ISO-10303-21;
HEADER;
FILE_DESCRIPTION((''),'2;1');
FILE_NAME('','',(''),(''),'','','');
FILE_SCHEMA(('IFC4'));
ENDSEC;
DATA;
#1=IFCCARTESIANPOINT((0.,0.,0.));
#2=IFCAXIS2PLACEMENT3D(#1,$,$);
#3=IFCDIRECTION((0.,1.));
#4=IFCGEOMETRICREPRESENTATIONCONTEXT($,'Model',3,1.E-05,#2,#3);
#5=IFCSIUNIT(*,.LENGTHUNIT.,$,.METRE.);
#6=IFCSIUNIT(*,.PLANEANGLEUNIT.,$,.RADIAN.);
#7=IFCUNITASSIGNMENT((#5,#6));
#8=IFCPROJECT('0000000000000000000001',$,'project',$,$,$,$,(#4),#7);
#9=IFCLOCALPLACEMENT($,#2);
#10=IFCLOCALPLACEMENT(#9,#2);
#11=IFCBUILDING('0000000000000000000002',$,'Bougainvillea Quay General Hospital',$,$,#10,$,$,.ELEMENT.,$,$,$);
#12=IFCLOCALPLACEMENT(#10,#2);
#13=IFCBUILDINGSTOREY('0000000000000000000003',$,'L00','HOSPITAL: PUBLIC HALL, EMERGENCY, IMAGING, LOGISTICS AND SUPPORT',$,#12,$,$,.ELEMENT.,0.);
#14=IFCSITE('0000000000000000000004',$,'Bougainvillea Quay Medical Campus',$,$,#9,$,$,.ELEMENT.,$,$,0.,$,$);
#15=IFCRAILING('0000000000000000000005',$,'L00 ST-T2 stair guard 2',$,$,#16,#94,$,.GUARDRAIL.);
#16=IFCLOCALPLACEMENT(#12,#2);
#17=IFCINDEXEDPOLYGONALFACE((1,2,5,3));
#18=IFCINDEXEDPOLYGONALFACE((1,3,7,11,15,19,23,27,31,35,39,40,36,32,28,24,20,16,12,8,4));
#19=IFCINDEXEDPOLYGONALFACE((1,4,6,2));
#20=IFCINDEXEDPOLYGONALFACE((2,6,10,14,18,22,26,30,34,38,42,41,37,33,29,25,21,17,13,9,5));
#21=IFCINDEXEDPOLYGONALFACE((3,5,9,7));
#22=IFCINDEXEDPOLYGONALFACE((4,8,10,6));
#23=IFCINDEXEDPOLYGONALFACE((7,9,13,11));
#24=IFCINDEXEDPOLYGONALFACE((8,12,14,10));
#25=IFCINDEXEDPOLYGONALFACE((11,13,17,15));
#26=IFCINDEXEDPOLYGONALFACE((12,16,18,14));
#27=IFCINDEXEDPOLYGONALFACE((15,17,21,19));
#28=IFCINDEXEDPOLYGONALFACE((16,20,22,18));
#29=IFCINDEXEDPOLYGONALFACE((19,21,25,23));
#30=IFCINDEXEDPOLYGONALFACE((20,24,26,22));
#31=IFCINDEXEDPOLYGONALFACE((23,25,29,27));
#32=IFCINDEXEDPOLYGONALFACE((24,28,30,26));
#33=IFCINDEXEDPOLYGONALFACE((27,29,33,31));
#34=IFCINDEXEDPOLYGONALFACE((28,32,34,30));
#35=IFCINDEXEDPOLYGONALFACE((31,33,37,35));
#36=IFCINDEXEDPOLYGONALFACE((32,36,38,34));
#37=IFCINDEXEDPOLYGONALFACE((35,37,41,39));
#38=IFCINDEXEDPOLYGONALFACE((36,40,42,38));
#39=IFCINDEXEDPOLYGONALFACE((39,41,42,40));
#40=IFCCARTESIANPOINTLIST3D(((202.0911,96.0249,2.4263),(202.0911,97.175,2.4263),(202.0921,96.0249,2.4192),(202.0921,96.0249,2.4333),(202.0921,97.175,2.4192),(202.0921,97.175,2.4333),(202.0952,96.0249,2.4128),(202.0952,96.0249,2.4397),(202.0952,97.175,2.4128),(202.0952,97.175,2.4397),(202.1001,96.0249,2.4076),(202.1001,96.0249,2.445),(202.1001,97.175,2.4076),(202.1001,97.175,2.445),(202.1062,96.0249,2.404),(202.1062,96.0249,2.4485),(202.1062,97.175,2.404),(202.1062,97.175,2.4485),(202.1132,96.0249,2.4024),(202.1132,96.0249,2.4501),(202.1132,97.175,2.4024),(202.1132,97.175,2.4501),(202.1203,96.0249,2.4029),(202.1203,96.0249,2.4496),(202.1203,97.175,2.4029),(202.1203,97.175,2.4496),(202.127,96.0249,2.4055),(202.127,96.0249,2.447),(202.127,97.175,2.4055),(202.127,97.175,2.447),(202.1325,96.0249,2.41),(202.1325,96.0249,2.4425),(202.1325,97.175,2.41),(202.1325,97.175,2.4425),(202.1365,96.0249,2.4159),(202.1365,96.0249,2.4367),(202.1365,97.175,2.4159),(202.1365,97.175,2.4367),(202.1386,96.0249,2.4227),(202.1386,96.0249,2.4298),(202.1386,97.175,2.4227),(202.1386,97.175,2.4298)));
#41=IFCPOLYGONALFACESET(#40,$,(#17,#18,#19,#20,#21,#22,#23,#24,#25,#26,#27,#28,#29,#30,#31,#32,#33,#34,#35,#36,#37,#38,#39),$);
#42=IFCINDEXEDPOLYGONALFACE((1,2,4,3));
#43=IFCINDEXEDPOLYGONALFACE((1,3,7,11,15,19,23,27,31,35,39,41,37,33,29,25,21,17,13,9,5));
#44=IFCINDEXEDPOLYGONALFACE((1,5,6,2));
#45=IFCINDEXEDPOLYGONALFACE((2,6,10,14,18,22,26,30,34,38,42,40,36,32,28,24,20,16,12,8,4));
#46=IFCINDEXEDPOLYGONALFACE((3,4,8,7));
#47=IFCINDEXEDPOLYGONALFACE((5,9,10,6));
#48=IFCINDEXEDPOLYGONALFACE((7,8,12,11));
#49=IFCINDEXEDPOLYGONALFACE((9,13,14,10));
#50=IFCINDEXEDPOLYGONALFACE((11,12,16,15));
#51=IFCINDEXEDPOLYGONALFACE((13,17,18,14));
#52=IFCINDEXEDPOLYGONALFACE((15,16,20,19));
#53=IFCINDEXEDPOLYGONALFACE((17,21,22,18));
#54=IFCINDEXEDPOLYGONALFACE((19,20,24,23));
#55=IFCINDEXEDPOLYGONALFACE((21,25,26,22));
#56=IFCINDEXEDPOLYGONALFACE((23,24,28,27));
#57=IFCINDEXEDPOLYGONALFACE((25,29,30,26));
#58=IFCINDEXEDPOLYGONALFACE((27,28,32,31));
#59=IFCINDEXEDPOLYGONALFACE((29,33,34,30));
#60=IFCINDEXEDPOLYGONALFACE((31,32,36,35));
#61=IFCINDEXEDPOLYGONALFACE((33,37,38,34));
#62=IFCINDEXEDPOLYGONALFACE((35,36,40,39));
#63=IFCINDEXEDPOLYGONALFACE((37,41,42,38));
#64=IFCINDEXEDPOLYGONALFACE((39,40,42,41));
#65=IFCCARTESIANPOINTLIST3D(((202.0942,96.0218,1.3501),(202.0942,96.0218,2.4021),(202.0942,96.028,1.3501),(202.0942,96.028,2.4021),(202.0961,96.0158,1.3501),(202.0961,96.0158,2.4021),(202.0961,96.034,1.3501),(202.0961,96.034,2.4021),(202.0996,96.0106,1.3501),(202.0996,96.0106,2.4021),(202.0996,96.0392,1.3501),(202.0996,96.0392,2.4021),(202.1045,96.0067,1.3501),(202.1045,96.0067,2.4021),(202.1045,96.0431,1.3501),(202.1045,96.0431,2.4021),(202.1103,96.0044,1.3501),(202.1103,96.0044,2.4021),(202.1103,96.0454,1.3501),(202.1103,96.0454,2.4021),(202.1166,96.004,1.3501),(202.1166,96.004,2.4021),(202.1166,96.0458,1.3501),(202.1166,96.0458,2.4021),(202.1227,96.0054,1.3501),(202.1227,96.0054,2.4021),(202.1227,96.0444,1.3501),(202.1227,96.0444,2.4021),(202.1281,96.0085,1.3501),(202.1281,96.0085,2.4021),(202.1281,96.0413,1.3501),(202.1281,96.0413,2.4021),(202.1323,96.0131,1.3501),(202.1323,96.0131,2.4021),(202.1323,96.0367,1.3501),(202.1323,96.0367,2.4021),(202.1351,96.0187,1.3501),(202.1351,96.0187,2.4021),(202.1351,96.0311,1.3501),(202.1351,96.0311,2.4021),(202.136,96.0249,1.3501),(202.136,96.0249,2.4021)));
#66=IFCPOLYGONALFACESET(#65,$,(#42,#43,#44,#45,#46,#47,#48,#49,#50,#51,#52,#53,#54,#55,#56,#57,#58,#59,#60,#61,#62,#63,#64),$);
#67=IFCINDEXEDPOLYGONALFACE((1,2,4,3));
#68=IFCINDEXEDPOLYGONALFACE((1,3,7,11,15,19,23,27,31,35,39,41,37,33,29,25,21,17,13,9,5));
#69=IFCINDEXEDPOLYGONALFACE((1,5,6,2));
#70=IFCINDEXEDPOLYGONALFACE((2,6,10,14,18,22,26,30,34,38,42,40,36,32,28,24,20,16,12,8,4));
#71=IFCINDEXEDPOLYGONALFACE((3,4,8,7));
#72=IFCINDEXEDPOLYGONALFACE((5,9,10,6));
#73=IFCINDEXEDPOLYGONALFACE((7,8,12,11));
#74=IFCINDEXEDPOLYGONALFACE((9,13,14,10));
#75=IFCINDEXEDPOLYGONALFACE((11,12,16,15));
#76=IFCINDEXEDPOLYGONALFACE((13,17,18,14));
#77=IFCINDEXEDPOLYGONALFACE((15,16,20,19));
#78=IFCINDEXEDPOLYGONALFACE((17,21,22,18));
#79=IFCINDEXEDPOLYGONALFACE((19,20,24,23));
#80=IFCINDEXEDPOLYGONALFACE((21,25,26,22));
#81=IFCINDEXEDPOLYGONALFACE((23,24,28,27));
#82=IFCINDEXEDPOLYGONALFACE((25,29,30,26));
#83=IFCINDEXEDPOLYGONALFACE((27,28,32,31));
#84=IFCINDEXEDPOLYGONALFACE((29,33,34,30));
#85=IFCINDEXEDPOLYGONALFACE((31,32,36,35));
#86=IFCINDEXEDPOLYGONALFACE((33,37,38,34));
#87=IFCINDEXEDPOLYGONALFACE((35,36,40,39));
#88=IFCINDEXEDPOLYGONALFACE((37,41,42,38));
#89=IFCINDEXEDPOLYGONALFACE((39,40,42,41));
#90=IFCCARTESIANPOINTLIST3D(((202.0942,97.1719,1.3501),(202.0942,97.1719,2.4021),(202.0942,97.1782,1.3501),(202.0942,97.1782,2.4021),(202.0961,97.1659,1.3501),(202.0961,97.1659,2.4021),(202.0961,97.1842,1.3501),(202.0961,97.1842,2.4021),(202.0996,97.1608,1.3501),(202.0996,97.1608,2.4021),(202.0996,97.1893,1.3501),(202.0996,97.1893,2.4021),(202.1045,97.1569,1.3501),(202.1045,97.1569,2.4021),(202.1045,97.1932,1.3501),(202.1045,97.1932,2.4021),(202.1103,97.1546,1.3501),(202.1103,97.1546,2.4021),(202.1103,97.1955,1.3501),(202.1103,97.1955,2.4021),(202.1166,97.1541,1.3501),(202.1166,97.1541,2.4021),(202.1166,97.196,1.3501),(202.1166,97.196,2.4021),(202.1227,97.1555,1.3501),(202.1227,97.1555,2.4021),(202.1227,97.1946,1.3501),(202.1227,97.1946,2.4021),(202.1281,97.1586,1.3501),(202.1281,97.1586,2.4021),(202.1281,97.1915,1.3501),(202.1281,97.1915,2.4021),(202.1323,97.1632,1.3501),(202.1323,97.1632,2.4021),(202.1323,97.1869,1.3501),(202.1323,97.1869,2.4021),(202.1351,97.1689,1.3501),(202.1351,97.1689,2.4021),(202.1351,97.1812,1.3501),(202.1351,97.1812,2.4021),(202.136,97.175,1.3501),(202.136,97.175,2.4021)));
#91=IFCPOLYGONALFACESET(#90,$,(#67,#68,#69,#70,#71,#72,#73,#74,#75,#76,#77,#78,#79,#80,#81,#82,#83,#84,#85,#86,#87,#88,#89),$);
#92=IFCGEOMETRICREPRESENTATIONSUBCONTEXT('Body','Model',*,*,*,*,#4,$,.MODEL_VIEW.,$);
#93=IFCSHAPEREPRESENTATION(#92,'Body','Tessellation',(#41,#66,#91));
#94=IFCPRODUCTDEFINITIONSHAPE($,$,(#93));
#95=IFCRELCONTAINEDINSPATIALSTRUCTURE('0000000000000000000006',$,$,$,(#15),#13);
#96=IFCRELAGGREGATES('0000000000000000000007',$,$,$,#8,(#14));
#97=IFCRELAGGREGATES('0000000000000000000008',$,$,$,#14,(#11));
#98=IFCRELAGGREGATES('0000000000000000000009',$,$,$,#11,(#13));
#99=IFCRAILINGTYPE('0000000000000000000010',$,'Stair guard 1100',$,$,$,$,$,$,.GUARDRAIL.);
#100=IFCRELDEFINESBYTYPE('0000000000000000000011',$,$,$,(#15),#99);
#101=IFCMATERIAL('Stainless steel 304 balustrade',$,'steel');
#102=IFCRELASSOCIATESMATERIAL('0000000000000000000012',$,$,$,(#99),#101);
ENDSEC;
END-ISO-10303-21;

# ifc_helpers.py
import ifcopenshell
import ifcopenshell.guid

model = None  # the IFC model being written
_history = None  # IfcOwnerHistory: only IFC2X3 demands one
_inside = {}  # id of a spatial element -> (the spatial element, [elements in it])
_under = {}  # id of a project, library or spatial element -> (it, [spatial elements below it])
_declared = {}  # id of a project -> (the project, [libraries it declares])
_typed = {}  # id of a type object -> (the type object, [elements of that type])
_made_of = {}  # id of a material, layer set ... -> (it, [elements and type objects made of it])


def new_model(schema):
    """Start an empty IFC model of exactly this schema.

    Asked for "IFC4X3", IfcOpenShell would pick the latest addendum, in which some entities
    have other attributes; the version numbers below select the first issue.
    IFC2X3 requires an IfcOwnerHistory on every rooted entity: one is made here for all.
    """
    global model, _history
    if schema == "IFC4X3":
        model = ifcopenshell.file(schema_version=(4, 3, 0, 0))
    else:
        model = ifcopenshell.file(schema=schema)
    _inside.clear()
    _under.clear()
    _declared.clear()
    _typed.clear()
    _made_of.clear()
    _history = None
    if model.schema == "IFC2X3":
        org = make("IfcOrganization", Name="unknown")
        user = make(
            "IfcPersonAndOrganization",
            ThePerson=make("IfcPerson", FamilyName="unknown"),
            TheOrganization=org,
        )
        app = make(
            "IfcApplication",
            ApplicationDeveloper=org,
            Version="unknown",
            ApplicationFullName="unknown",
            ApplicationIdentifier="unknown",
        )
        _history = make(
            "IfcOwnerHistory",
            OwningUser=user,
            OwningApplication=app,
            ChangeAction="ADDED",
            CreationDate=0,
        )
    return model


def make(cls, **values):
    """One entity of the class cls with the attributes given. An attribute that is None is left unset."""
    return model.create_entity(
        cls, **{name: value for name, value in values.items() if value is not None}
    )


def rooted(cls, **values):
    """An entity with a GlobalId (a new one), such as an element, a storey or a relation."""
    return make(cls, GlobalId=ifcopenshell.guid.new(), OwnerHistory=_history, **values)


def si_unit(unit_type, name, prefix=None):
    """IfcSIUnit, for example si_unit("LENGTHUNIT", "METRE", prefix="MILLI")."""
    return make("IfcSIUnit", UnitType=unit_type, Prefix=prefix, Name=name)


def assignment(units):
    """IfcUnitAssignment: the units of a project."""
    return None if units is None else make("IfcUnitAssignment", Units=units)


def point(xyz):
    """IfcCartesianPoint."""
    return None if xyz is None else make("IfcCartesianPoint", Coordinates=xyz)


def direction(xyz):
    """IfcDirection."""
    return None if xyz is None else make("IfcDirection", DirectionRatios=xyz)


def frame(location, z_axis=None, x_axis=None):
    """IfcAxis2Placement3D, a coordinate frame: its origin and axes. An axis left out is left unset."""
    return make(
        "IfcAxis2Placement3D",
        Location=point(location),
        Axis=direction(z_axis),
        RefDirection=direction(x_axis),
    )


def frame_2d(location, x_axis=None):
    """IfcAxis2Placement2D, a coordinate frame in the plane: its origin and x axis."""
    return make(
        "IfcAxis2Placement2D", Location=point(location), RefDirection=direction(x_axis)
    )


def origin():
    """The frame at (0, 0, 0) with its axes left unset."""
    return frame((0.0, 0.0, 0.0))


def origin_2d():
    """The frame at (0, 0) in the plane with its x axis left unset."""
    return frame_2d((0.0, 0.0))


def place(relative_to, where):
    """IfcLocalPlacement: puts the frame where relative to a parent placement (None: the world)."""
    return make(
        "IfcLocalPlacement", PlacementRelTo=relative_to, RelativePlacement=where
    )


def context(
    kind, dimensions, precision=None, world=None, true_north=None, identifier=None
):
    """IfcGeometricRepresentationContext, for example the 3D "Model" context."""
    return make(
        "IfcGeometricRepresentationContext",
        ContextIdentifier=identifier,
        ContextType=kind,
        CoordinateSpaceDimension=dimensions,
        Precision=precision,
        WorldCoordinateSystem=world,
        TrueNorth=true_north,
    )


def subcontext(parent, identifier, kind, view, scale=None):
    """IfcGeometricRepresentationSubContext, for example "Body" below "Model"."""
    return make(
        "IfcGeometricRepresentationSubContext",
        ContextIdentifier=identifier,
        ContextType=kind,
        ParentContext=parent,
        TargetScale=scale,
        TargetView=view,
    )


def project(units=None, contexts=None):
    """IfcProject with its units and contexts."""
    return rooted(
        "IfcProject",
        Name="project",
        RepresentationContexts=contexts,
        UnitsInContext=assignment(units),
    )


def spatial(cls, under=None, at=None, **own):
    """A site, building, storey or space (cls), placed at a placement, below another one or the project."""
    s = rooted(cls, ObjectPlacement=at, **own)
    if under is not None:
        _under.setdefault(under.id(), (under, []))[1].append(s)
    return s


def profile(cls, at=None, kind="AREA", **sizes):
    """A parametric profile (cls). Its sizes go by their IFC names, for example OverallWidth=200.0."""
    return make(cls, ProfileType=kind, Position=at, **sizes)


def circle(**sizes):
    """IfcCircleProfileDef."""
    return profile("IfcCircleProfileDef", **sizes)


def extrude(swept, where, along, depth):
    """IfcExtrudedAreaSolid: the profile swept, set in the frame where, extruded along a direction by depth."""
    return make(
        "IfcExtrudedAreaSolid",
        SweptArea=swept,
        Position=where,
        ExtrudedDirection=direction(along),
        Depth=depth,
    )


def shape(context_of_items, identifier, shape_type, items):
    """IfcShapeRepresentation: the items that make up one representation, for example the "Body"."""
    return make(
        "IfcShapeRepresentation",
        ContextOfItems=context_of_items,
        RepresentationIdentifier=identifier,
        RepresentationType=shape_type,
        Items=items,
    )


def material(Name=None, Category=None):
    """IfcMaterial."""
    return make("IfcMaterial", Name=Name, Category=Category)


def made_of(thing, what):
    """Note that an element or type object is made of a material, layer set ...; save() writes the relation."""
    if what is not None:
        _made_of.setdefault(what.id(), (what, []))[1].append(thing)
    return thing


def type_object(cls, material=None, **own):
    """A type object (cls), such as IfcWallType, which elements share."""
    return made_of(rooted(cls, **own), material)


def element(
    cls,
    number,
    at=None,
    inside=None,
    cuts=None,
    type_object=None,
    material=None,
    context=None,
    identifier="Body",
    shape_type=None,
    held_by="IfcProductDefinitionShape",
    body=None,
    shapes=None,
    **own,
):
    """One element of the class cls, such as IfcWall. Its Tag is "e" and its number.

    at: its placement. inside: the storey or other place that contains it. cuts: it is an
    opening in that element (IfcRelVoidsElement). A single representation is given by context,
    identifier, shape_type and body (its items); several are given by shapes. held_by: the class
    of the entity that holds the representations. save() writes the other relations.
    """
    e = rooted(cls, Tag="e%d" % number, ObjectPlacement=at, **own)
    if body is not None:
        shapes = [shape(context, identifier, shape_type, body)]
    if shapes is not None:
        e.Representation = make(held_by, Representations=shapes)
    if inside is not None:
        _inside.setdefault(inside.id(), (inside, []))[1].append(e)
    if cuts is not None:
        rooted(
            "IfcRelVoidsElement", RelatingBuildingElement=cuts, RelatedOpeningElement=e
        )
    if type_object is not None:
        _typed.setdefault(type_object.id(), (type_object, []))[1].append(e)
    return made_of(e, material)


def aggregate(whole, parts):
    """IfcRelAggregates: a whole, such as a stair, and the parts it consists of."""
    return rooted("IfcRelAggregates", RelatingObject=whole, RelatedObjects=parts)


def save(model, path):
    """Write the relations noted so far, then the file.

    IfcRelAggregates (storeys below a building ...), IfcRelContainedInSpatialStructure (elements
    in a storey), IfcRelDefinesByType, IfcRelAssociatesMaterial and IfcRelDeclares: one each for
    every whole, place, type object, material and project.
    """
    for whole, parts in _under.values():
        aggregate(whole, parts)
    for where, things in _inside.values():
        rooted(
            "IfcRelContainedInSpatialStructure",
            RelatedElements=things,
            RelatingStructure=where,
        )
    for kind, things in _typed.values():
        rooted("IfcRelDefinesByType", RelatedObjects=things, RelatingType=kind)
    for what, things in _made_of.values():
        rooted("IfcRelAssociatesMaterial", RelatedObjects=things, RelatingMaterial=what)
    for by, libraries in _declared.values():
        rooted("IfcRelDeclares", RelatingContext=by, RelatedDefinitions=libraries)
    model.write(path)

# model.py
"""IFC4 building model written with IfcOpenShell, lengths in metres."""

from ifc_helpers import new_model, si_unit, direction, frame, origin, origin_2d, place, context, subcontext, project, spatial, circle, extrude, material, type_object, element, save


model = new_model("IFC4")

# Units and contexts
model_context = context("Model", 3, precision=1e-05, world=origin(), true_north=direction((0.0, 1.0)))
body_context = subcontext(model_context, "Body", "Model", "MODEL_VIEW")
ifc_project = project(units=[si_unit("LENGTHUNIT", "METRE"), si_unit("PLANEANGLEUNIT", "RADIAN")], contexts=[model_context])

# Site, building, storey
site_placement = place(None, origin())
site = spatial("IfcSite", under=ifc_project, at=site_placement, Name="Bougainvillea Quay Medical Campus", CompositionType="ELEMENT", RefElevation=0.0)
building_placement = place(site_placement, origin())
building = spatial("IfcBuilding", under=site, at=building_placement, Name="Bougainvillea Quay General Hospital", CompositionType="ELEMENT")
storey_placement = place(building_placement, origin())
storey = spatial("IfcBuildingStorey", under=building, at=storey_placement, Name="L00", Description="HOSPITAL: PUBLIC HALL, EMERGENCY, IMAGING, LOGISTICS AND SUPPORT", CompositionType="ELEMENT", Elevation=0.0)

# Railing
ifc_material_1 = material(Name="Stainless steel 304 balustrade", Category="steel")
railing_type_1 = type_object("IfcRailingType", Name="Stair guard 1100", PredefinedType="GUARDRAIL", material=ifc_material_1)
railing_1_placement = place(storey_placement, frame((202.115, 96.0249, 1.3501)))
element("IfcRailing", 1, at=railing_1_placement, inside=storey, type_object=railing_type_1, Name="L00 ST-T2 stair guard 2", PredefinedType="GUARDRAIL", context=body_context, shape_type="SweptSolid", body=[
    extrude(circle(Radius=0.0239, at=origin_2d()), frame((0.0, 0.0, 1.0762), z_axis=(0.0, 1.0, 0.0), x_axis=(-1.0, 0.0, 0.0)), (0.0, 0.0, 1.0), 1.1501),
    extrude(circle(Radius=0.021, at=origin_2d()), origin(), (0.0, 0.0, 1.0), 1.052),
    extrude(circle(Radius=0.021, at=origin_2d()), frame((0.0, 1.1501, 0.0)), (0.0, 0.0, 1.0), 1.052),
])

save(model, "model.ifc")
